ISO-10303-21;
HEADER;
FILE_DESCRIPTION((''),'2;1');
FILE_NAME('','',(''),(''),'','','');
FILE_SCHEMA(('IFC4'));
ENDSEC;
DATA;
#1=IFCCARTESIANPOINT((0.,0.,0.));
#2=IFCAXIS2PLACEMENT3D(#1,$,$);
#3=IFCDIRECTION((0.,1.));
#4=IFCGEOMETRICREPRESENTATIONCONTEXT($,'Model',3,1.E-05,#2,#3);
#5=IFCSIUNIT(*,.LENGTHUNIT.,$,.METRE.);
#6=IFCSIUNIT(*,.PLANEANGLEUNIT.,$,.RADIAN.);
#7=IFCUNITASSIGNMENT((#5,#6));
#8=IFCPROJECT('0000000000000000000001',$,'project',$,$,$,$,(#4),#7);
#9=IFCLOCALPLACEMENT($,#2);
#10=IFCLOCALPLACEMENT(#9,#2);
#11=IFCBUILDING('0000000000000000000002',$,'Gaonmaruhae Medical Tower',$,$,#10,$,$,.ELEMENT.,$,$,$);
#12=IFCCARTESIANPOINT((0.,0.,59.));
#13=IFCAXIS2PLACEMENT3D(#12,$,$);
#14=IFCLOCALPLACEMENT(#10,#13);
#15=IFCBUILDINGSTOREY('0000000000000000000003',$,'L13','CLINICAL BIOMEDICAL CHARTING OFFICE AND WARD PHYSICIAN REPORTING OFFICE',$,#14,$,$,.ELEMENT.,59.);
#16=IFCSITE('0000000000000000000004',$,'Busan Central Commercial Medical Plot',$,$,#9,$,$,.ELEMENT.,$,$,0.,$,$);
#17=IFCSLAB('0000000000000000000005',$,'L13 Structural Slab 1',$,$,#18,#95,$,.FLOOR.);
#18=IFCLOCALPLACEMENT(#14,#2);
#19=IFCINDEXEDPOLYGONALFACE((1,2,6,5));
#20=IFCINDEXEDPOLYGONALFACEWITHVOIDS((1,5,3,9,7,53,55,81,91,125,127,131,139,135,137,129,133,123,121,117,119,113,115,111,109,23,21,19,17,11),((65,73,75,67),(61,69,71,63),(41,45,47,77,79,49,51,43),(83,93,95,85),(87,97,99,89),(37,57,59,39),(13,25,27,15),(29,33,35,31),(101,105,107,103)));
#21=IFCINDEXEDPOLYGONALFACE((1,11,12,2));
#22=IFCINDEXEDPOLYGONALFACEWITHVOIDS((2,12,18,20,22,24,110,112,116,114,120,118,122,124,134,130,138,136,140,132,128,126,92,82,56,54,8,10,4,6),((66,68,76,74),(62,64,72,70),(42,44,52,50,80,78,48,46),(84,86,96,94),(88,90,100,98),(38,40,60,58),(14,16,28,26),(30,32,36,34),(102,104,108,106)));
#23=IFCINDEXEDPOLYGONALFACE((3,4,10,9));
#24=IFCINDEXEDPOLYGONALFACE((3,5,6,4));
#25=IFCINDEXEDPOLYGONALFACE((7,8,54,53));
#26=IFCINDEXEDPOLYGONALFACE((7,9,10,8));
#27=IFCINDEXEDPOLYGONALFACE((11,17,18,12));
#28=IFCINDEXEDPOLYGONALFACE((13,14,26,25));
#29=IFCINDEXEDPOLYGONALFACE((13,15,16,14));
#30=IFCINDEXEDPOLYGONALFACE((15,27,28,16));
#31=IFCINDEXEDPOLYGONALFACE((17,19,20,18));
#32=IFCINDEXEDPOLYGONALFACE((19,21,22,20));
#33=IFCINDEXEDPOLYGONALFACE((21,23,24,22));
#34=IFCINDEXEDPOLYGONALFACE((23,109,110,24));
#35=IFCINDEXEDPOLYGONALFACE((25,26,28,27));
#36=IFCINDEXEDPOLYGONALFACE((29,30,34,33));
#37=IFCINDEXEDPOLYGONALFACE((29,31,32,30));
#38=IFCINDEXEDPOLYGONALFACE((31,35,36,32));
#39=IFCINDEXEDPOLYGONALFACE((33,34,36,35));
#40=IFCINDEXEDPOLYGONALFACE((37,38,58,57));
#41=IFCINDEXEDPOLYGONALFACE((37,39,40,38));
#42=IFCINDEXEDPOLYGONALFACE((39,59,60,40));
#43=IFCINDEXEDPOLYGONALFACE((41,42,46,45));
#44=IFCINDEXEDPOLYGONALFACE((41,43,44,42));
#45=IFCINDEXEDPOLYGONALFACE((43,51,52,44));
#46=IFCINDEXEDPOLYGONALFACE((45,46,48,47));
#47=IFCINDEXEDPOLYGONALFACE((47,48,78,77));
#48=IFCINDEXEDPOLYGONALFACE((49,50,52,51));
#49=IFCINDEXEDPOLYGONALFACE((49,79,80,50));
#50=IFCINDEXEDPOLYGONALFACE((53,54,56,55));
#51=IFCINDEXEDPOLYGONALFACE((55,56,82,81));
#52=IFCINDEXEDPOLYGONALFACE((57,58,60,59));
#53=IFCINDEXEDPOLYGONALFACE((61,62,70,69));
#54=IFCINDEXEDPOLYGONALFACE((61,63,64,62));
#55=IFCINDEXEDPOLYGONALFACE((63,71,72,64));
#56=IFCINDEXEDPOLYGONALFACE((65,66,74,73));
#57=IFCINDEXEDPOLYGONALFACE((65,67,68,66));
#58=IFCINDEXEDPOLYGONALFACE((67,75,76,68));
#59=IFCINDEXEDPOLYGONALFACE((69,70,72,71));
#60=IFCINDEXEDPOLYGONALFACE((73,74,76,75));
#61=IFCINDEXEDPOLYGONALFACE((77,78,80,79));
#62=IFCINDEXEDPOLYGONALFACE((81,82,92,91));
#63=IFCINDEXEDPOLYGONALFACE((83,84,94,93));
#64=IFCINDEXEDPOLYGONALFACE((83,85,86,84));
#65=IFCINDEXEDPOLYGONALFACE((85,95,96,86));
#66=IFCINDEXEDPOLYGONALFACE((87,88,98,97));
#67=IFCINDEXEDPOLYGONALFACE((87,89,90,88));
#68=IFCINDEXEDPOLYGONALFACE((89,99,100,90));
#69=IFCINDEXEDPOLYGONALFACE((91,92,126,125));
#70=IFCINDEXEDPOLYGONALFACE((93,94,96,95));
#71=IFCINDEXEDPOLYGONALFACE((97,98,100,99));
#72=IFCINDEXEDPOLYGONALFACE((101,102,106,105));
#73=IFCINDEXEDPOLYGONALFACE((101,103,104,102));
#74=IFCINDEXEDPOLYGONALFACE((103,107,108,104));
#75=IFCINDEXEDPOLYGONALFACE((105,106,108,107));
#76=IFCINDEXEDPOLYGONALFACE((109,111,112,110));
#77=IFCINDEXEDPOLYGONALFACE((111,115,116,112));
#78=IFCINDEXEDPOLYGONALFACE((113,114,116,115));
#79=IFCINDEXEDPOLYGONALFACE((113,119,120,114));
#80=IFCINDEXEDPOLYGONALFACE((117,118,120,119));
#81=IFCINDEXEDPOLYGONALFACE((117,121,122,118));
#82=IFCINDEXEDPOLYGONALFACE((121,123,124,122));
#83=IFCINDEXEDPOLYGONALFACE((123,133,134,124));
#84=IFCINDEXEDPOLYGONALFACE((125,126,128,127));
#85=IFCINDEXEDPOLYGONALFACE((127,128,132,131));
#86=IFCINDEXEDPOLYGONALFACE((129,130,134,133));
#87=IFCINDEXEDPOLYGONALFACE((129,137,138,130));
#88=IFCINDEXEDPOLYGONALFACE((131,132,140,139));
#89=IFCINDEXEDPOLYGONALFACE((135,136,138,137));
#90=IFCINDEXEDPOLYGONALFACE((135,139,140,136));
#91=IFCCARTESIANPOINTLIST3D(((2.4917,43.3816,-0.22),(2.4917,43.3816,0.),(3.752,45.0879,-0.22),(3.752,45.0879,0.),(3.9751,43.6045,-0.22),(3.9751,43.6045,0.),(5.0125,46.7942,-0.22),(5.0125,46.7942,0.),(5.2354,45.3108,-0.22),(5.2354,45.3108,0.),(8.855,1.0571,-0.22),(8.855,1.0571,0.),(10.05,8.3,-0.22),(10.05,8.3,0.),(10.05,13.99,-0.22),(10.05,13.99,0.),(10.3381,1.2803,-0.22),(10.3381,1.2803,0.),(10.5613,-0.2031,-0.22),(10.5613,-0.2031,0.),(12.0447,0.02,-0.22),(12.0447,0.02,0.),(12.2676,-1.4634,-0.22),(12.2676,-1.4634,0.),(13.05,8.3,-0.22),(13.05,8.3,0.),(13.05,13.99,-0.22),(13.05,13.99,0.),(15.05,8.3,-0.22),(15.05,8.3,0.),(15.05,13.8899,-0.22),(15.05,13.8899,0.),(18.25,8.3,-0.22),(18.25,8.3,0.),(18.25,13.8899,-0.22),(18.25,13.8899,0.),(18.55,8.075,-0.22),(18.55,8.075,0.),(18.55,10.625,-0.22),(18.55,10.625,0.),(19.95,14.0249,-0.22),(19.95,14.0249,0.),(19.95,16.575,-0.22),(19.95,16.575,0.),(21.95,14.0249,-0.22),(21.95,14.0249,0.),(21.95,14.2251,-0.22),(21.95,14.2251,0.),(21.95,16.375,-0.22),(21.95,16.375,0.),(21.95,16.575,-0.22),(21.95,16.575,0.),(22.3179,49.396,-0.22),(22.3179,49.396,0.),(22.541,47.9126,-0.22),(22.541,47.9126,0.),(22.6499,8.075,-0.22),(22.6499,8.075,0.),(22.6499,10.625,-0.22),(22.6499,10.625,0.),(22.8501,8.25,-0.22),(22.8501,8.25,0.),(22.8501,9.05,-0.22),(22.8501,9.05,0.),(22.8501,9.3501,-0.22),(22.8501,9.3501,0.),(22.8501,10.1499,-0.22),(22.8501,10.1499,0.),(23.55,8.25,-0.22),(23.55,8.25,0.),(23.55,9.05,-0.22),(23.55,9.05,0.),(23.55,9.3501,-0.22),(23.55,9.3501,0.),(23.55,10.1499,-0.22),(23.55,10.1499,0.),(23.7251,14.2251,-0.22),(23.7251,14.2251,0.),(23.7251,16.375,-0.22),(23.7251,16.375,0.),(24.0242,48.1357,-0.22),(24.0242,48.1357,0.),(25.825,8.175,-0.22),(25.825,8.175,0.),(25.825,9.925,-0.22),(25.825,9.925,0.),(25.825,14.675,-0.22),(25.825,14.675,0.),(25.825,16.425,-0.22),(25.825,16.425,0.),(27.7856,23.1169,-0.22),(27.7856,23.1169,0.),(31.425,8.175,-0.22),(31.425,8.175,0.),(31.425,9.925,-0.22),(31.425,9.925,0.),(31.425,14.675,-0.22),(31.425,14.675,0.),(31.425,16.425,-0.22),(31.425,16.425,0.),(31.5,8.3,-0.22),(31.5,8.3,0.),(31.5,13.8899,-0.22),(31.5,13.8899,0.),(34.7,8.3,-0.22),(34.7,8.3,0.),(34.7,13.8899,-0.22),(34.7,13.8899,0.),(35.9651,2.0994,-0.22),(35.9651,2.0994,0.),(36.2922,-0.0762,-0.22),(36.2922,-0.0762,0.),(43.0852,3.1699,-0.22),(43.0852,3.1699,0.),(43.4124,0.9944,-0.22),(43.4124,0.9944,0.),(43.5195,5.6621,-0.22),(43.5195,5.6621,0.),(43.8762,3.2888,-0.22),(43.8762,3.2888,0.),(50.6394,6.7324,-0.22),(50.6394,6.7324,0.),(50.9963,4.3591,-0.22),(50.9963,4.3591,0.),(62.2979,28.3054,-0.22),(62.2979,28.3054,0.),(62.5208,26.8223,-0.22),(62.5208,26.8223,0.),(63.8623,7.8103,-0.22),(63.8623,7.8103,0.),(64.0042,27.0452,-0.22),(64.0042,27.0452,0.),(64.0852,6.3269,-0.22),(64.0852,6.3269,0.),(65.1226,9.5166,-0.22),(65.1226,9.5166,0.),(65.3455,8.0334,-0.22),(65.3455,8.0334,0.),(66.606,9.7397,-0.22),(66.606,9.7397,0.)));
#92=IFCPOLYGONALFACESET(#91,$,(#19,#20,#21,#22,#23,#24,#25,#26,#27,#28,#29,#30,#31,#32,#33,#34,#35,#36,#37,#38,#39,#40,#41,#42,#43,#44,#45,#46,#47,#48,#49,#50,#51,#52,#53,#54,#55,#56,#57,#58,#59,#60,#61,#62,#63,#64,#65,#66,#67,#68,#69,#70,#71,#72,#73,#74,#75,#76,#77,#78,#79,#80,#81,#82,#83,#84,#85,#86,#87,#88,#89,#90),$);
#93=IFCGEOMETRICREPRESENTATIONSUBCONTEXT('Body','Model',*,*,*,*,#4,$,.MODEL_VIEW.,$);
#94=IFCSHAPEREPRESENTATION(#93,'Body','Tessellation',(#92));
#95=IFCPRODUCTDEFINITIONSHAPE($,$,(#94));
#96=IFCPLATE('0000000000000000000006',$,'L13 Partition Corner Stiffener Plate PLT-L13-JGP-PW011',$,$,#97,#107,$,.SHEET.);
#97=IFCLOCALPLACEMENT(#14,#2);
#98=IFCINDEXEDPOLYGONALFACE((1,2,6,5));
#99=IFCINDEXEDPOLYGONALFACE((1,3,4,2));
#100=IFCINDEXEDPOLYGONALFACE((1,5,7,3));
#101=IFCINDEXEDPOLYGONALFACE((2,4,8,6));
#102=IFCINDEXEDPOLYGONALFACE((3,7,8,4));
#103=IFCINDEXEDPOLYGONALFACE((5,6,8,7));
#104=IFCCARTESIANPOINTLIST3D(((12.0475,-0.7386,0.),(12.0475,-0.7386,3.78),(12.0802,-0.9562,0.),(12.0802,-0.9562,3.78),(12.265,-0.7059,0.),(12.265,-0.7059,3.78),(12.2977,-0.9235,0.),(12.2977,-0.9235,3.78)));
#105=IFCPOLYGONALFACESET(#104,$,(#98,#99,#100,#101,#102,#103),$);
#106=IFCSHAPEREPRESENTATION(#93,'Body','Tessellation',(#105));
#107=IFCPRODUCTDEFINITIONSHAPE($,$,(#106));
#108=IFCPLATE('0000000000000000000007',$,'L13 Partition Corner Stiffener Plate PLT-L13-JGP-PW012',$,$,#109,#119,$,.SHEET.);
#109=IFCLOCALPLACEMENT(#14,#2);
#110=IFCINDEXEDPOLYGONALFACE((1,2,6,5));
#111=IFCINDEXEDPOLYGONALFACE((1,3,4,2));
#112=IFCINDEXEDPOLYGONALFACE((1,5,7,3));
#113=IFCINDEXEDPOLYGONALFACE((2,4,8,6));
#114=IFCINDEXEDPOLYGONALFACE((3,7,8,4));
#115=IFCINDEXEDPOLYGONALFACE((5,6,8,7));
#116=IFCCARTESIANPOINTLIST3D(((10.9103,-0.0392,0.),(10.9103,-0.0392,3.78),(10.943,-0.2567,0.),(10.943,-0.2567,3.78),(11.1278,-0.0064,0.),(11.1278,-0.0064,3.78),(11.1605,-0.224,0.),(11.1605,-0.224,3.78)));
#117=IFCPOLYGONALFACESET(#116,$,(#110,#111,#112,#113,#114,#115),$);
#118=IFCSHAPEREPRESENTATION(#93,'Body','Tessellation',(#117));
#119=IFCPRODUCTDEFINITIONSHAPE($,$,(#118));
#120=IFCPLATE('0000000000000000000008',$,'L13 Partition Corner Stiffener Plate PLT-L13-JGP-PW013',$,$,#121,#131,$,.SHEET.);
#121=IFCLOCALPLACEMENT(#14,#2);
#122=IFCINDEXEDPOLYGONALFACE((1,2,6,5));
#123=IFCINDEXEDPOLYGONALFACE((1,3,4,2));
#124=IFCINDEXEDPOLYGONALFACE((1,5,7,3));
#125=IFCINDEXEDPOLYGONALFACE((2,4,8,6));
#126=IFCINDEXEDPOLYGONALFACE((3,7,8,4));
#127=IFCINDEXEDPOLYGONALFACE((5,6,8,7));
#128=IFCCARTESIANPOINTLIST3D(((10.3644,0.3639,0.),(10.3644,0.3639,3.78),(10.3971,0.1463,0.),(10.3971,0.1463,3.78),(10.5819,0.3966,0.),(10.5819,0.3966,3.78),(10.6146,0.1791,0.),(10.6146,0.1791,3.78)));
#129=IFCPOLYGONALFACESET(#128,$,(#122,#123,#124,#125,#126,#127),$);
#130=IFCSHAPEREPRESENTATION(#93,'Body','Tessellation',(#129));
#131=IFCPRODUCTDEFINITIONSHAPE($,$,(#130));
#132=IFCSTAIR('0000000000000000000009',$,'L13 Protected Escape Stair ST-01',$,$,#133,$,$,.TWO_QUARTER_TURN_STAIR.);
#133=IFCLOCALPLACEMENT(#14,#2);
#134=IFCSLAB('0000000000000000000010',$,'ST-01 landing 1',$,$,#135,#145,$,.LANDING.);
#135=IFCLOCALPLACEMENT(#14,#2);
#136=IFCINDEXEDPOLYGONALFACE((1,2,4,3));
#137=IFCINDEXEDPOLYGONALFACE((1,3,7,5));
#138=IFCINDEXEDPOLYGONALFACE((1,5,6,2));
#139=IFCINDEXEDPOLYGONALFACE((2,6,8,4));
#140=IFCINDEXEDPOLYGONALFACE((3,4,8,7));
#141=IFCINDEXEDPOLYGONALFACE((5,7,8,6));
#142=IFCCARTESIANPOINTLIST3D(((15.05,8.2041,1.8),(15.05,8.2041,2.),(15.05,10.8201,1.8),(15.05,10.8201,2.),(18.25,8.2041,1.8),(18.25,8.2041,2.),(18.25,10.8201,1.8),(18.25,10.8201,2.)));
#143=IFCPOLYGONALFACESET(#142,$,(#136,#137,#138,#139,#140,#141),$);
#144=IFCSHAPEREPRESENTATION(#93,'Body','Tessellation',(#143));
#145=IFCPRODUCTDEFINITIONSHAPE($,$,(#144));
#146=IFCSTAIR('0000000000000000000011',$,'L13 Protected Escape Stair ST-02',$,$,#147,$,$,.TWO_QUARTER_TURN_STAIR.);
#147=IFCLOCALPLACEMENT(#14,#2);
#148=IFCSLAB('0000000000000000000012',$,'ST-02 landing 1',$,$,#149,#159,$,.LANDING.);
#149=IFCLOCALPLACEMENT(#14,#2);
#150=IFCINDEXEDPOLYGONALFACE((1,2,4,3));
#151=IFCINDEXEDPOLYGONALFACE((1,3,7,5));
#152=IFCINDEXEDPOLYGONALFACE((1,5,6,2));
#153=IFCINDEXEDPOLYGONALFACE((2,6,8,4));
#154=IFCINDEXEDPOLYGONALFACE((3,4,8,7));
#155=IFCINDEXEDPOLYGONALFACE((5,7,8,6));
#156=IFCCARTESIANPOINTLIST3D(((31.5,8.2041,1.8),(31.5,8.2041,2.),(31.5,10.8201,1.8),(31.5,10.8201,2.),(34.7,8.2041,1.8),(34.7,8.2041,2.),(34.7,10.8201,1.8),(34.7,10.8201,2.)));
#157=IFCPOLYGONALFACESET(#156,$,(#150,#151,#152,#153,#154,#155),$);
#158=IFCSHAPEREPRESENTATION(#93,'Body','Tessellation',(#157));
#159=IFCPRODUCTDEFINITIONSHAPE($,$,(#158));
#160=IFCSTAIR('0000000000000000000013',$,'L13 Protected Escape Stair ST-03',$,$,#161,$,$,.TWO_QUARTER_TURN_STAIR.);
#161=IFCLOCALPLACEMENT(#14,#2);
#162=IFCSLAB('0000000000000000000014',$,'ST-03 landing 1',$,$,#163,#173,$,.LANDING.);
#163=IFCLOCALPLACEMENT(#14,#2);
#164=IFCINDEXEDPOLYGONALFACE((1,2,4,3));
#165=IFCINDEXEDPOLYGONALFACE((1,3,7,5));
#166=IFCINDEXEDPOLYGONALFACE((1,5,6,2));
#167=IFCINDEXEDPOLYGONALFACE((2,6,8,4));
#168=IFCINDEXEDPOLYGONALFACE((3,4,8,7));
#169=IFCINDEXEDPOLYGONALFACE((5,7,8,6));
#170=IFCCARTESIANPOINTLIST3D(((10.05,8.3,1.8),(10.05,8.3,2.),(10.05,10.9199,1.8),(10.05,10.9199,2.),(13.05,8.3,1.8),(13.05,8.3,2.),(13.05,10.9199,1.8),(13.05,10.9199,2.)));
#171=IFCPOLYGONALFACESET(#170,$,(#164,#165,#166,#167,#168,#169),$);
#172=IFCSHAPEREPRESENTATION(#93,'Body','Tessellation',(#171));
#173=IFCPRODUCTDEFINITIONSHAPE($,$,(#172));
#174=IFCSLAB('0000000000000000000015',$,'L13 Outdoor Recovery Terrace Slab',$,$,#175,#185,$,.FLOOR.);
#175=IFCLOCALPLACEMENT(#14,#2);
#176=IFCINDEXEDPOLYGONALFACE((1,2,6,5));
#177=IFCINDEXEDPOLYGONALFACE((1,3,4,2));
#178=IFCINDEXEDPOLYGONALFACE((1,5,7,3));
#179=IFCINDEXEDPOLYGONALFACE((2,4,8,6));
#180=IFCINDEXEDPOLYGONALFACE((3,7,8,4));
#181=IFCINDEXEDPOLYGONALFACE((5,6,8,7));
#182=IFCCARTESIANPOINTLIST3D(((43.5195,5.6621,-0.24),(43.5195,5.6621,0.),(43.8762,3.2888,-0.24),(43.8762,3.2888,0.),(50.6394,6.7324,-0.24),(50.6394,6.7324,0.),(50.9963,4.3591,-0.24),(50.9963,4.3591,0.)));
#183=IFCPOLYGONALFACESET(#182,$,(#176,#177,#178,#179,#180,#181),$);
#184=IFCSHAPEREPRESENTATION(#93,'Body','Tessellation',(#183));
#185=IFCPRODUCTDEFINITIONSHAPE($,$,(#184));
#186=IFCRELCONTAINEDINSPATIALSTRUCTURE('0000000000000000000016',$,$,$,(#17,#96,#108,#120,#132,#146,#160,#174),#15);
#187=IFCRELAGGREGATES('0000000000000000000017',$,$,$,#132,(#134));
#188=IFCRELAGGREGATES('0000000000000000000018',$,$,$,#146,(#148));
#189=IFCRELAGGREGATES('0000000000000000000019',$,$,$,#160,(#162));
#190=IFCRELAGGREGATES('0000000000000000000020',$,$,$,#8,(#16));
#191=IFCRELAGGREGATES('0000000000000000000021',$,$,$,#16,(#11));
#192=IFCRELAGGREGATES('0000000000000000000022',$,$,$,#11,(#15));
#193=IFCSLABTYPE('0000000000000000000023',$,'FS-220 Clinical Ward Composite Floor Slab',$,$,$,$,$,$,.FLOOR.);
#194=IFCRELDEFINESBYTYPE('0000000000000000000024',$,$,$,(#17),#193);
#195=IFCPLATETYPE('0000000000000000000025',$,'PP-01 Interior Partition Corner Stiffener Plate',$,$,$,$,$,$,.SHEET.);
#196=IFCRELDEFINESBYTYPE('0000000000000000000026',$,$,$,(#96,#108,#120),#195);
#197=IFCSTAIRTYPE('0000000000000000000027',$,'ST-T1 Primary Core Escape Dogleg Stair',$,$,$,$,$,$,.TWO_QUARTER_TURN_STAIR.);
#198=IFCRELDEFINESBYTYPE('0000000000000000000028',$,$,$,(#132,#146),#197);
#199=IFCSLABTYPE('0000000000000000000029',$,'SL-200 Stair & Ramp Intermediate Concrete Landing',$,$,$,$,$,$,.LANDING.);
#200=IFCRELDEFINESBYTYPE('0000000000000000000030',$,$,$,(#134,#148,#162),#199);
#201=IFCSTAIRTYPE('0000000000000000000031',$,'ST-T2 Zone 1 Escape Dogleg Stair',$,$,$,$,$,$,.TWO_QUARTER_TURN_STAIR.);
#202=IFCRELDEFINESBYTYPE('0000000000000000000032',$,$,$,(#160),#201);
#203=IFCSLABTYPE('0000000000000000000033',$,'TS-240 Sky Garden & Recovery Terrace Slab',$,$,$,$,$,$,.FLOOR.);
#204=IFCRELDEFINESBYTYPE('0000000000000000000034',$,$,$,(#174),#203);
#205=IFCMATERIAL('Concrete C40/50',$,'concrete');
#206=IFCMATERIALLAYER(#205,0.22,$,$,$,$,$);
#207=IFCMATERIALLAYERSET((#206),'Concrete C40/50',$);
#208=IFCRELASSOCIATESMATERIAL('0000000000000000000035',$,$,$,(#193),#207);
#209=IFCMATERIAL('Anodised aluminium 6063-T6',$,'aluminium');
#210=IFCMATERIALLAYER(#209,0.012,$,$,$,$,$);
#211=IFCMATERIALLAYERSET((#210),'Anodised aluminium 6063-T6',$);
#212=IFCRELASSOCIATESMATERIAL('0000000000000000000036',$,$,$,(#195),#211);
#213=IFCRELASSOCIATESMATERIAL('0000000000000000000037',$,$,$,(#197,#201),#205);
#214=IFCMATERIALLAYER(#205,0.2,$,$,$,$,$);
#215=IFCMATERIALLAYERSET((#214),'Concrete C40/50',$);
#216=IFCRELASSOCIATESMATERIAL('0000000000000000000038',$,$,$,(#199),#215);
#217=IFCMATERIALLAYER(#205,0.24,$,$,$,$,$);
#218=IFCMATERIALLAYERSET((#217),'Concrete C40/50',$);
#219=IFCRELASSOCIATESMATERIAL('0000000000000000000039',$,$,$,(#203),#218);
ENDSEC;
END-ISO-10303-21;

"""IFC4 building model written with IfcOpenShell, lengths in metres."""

from ifc_helpers import new_model, si_unit, direction, frame, origin, origin_2d, place, context, subcontext, project, spatial, polyline, rectangle, outline, extrude, material, layer, layer_set, type_object, element, aggregate, save


model = new_model("IFC4")

# Units and contexts
model_context = context("Model", 3, precision=1e-05, world=origin(), true_north=direction((0.0, 1.0)))
body_context = subcontext(model_context, "Body", "Model", "MODEL_VIEW")
ifc_project = project(units=[si_unit("LENGTHUNIT", "METRE"), si_unit("PLANEANGLEUNIT", "RADIAN")], contexts=[model_context])

# Site, building, storey
site_placement = place(None, origin())
site = spatial("IfcSite", under=ifc_project, at=site_placement, Name="Busan Central Commercial Medical Plot", CompositionType="ELEMENT", RefElevation=0.0)
building_placement = place(site_placement, origin())
building = spatial("IfcBuilding", under=site, at=building_placement, Name="Gaonmaruhae Medical Tower", CompositionType="ELEMENT")
storey_placement = place(building_placement, frame((0.0, 0.0, 59.0)))
storey = spatial("IfcBuildingStorey", under=building, at=storey_placement, Name="L13", Description="CLINICAL BIOMEDICAL CHARTING OFFICE AND WARD PHYSICIAN REPORTING OFFICE", CompositionType="ELEMENT", Elevation=59.0)

# Slab
ifc_material_1 = material(Name="Concrete C40/50", Category="concrete")
ifc_layer_1 = layer(ifc_material_1, 0.22)
ifc_layer_set_1 = layer_set([ifc_layer_1], Name="Concrete C40/50")
slab_type_1 = type_object("IfcSlabType", Name="FS-220 Clinical Ward Composite Floor Slab", PredefinedType="FLOOR", material=ifc_layer_set_1)
slab_1_placement = place(storey_placement, frame((0.0, 0.0, -0.22)))
element("IfcSlab", 1, at=slab_1_placement, inside=storey, type_object=slab_type_1, Name="L13 Structural Slab 1", PredefinedType="FLOOR", context=body_context, shape_type="SweptSolid", body=[
    extrude(outline(polyline([(12.0447, 0.02), (10.5613, -0.2031), (10.3381, 1.2803), (8.855, 1.0571), (2.4917, 43.3816), (3.9751, 43.6045), (3.752, 45.0879), (5.2354, 45.3108), (5.0125, 46.7942), (22.3179, 49.396), (22.541, 47.9126), (24.0242, 48.1357), (27.7856, 23.1169), (62.2979, 28.3054), (62.5208, 26.8223), (64.0042, 27.0452), (66.606, 9.7397), (65.1226, 9.5166), (65.3455, 8.0334), (63.8623, 7.8103), (64.0852, 6.3269), (50.9963, 4.3591), (50.6394, 6.7324), (43.5195, 5.6621), (43.8762, 3.2888), (43.0852, 3.1699), (43.4124, 0.9944), (36.2922, -0.0762), (35.9651, 2.0994), (12.2676, -1.4634), (12.0447, 0.02)]), holes=[polyline([(23.55, 8.25), (22.8501, 8.25), (22.8501, 9.05), (23.55, 9.05), (23.55, 8.25)]), polyline([(25.825, 9.925), (31.425, 9.925), (31.425, 8.175), (25.825, 8.175), (25.825, 9.925)]), polyline([(22.6499, 10.625), (22.6499, 8.075), (18.55, 8.075), (18.55, 10.625), (22.6499, 10.625)]), polyline([(23.55, 9.3501), (22.8501, 9.3501), (22.8501, 10.1499), (23.55, 10.1499), (23.55, 9.3501)]), polyline([(15.05, 13.8899), (18.25, 13.8899), (18.25, 8.3), (15.05, 8.3), (15.05, 13.8899)]), polyline([(31.5, 13.8899), (34.7, 13.8899), (34.7, 8.3), (31.5, 8.3), (31.5, 13.8899)]), polyline([(10.05, 13.99), (13.05, 13.99), (13.05, 8.3), (10.05, 8.3), (10.05, 13.99)]), polyline([(21.95, 14.0249), (19.95, 14.0249), (19.95, 16.575), (21.95, 16.575), (21.95, 16.375), (23.7251, 16.375), (23.7251, 14.2251), (21.95, 14.2251), (21.95, 14.0249)]), polyline([(31.425, 16.425), (31.425, 14.675), (25.825, 14.675), (25.825, 16.425), (31.425, 16.425)])]), origin(), (0.0, 0.0, 1.0), 0.22),
])

# Plates
ifc_material_2 = material(Name="Anodised aluminium 6063-T6", Category="aluminium")
ifc_layer_2 = layer(ifc_material_2, 0.012)
ifc_layer_set_2 = layer_set([ifc_layer_2], Name="Anodised aluminium 6063-T6")
plate_type = type_object("IfcPlateType", Name="PP-01 Interior Partition Corner Stiffener Plate", PredefinedType="SHEET", material=ifc_layer_set_2)
for number, where, z_axis, x_axis, name in (
    (2, (12.1726, -0.8311, 0.0), (0.0, 0.0, 1.0), (-0.148638, 0.988892, 0.0), "L13 Partition Corner Stiffener Plate PLT-L13-JGP-PW011"),
    (3, (11.0354, -0.1316, 0.0), (0.0, 0.0, 1.0), (-0.988837, -0.149, 0.0), "L13 Partition Corner Stiffener Plate PLT-L13-JGP-PW012"),
    (4, (10.4895, 0.2715, 0.0), (0.0, 0.0, 1.0), (-0.149, 0.988837, 0.0), "L13 Partition Corner Stiffener Plate PLT-L13-JGP-PW013"),
):
    element("IfcPlate", number, at=place(storey_placement, frame(where, z_axis=z_axis, x_axis=x_axis)), inside=storey, type_object=plate_type, Name=name, PredefinedType="SHEET", context=body_context, shape_type="SweptSolid", body=[
        extrude(rectangle(XDim=0.22, YDim=0.22, at=origin_2d()), origin(), (0.0, 0.0, 1.0), 3.78),
    ])

# Stairs, slabs
stair_type_1 = type_object("IfcStairType", Name="ST-T1 Primary Core Escape Dogleg Stair", PredefinedType="TWO_QUARTER_TURN_STAIR", material=ifc_material_1)
stair_1_placement = place(storey_placement, origin())
stair_1 = element("IfcStair", 5, at=stair_1_placement, inside=storey, type_object=stair_type_1, Name="L13 Protected Escape Stair ST-01", PredefinedType="TWO_QUARTER_TURN_STAIR")
ifc_layer_3 = layer(ifc_material_1, 0.2)
ifc_layer_set_3 = layer_set([ifc_layer_3], Name="Concrete C40/50")
slab_type_2 = type_object("IfcSlabType", Name="SL-200 Stair & Ramp Intermediate Concrete Landing", PredefinedType="LANDING", material=ifc_layer_set_3)
slab_2_placement = place(storey_placement, frame((0.0, 0.0, 1.8)))
slab_2 = element("IfcSlab", 6, at=slab_2_placement, type_object=slab_type_2, Name="ST-01 landing 1", PredefinedType="LANDING", context=body_context, shape_type="SweptSolid", body=[
    extrude(outline(polyline([(15.05, 10.8201), (15.05, 8.2041), (18.25, 8.2041), (18.25, 10.8201), (15.05, 10.8201)])), origin(), (0.0, 0.0, 1.0), 0.2),
])
aggregate(stair_1, [slab_2])
stair_2_placement = place(storey_placement, origin())
stair_2 = element("IfcStair", 7, at=stair_2_placement, inside=storey, type_object=stair_type_1, Name="L13 Protected Escape Stair ST-02", PredefinedType="TWO_QUARTER_TURN_STAIR")
slab_3_placement = place(storey_placement, frame((0.0, 0.0, 1.8)))
slab_3 = element("IfcSlab", 8, at=slab_3_placement, type_object=slab_type_2, Name="ST-02 landing 1", PredefinedType="LANDING", context=body_context, shape_type="SweptSolid", body=[
    extrude(outline(polyline([(31.5, 10.8201), (31.5, 8.2041), (34.7, 8.2041), (34.7, 10.8201), (31.5, 10.8201)])), origin(), (0.0, 0.0, 1.0), 0.2),
])
aggregate(stair_2, [slab_3])
stair_type_2 = type_object("IfcStairType", Name="ST-T2 Zone 1 Escape Dogleg Stair", PredefinedType="TWO_QUARTER_TURN_STAIR", material=ifc_material_1)
stair_3_placement = place(storey_placement, origin())
stair_3 = element("IfcStair", 9, at=stair_3_placement, inside=storey, type_object=stair_type_2, Name="L13 Protected Escape Stair ST-03", PredefinedType="TWO_QUARTER_TURN_STAIR")
slab_4_placement = place(storey_placement, frame((0.0, 0.0, 1.8)))
slab_4 = element("IfcSlab", 10, at=slab_4_placement, type_object=slab_type_2, Name="ST-03 landing 1", PredefinedType="LANDING", context=body_context, shape_type="SweptSolid", body=[
    extrude(outline(polyline([(10.05, 10.9199), (10.05, 8.3), (13.05, 8.3), (13.05, 10.9199), (10.05, 10.9199)])), origin(), (0.0, 0.0, 1.0), 0.2),
])
aggregate(stair_3, [slab_4])

# Slab
ifc_layer_4 = layer(ifc_material_1, 0.24)
ifc_layer_set_4 = layer_set([ifc_layer_4], Name="Concrete C40/50")
slab_type_3 = type_object("IfcSlabType", Name="TS-240 Sky Garden & Recovery Terrace Slab", PredefinedType="FLOOR", material=ifc_layer_set_4)
slab_5_placement = place(storey_placement, frame((0.0, 0.0, -0.24)))
element("IfcSlab", 11, at=slab_5_placement, inside=storey, type_object=slab_type_3, Name="L13 Outdoor Recovery Terrace Slab", PredefinedType="FLOOR", context=body_context, shape_type="SweptSolid", body=[
    extrude(outline(polyline([(43.8762, 3.2888), (50.9963, 4.3591), (50.6394, 6.7324), (43.5195, 5.6621), (43.8762, 3.2888)])), origin(), (0.0, 0.0, 1.0), 0.24),
])

save(model, "model.ifc")
